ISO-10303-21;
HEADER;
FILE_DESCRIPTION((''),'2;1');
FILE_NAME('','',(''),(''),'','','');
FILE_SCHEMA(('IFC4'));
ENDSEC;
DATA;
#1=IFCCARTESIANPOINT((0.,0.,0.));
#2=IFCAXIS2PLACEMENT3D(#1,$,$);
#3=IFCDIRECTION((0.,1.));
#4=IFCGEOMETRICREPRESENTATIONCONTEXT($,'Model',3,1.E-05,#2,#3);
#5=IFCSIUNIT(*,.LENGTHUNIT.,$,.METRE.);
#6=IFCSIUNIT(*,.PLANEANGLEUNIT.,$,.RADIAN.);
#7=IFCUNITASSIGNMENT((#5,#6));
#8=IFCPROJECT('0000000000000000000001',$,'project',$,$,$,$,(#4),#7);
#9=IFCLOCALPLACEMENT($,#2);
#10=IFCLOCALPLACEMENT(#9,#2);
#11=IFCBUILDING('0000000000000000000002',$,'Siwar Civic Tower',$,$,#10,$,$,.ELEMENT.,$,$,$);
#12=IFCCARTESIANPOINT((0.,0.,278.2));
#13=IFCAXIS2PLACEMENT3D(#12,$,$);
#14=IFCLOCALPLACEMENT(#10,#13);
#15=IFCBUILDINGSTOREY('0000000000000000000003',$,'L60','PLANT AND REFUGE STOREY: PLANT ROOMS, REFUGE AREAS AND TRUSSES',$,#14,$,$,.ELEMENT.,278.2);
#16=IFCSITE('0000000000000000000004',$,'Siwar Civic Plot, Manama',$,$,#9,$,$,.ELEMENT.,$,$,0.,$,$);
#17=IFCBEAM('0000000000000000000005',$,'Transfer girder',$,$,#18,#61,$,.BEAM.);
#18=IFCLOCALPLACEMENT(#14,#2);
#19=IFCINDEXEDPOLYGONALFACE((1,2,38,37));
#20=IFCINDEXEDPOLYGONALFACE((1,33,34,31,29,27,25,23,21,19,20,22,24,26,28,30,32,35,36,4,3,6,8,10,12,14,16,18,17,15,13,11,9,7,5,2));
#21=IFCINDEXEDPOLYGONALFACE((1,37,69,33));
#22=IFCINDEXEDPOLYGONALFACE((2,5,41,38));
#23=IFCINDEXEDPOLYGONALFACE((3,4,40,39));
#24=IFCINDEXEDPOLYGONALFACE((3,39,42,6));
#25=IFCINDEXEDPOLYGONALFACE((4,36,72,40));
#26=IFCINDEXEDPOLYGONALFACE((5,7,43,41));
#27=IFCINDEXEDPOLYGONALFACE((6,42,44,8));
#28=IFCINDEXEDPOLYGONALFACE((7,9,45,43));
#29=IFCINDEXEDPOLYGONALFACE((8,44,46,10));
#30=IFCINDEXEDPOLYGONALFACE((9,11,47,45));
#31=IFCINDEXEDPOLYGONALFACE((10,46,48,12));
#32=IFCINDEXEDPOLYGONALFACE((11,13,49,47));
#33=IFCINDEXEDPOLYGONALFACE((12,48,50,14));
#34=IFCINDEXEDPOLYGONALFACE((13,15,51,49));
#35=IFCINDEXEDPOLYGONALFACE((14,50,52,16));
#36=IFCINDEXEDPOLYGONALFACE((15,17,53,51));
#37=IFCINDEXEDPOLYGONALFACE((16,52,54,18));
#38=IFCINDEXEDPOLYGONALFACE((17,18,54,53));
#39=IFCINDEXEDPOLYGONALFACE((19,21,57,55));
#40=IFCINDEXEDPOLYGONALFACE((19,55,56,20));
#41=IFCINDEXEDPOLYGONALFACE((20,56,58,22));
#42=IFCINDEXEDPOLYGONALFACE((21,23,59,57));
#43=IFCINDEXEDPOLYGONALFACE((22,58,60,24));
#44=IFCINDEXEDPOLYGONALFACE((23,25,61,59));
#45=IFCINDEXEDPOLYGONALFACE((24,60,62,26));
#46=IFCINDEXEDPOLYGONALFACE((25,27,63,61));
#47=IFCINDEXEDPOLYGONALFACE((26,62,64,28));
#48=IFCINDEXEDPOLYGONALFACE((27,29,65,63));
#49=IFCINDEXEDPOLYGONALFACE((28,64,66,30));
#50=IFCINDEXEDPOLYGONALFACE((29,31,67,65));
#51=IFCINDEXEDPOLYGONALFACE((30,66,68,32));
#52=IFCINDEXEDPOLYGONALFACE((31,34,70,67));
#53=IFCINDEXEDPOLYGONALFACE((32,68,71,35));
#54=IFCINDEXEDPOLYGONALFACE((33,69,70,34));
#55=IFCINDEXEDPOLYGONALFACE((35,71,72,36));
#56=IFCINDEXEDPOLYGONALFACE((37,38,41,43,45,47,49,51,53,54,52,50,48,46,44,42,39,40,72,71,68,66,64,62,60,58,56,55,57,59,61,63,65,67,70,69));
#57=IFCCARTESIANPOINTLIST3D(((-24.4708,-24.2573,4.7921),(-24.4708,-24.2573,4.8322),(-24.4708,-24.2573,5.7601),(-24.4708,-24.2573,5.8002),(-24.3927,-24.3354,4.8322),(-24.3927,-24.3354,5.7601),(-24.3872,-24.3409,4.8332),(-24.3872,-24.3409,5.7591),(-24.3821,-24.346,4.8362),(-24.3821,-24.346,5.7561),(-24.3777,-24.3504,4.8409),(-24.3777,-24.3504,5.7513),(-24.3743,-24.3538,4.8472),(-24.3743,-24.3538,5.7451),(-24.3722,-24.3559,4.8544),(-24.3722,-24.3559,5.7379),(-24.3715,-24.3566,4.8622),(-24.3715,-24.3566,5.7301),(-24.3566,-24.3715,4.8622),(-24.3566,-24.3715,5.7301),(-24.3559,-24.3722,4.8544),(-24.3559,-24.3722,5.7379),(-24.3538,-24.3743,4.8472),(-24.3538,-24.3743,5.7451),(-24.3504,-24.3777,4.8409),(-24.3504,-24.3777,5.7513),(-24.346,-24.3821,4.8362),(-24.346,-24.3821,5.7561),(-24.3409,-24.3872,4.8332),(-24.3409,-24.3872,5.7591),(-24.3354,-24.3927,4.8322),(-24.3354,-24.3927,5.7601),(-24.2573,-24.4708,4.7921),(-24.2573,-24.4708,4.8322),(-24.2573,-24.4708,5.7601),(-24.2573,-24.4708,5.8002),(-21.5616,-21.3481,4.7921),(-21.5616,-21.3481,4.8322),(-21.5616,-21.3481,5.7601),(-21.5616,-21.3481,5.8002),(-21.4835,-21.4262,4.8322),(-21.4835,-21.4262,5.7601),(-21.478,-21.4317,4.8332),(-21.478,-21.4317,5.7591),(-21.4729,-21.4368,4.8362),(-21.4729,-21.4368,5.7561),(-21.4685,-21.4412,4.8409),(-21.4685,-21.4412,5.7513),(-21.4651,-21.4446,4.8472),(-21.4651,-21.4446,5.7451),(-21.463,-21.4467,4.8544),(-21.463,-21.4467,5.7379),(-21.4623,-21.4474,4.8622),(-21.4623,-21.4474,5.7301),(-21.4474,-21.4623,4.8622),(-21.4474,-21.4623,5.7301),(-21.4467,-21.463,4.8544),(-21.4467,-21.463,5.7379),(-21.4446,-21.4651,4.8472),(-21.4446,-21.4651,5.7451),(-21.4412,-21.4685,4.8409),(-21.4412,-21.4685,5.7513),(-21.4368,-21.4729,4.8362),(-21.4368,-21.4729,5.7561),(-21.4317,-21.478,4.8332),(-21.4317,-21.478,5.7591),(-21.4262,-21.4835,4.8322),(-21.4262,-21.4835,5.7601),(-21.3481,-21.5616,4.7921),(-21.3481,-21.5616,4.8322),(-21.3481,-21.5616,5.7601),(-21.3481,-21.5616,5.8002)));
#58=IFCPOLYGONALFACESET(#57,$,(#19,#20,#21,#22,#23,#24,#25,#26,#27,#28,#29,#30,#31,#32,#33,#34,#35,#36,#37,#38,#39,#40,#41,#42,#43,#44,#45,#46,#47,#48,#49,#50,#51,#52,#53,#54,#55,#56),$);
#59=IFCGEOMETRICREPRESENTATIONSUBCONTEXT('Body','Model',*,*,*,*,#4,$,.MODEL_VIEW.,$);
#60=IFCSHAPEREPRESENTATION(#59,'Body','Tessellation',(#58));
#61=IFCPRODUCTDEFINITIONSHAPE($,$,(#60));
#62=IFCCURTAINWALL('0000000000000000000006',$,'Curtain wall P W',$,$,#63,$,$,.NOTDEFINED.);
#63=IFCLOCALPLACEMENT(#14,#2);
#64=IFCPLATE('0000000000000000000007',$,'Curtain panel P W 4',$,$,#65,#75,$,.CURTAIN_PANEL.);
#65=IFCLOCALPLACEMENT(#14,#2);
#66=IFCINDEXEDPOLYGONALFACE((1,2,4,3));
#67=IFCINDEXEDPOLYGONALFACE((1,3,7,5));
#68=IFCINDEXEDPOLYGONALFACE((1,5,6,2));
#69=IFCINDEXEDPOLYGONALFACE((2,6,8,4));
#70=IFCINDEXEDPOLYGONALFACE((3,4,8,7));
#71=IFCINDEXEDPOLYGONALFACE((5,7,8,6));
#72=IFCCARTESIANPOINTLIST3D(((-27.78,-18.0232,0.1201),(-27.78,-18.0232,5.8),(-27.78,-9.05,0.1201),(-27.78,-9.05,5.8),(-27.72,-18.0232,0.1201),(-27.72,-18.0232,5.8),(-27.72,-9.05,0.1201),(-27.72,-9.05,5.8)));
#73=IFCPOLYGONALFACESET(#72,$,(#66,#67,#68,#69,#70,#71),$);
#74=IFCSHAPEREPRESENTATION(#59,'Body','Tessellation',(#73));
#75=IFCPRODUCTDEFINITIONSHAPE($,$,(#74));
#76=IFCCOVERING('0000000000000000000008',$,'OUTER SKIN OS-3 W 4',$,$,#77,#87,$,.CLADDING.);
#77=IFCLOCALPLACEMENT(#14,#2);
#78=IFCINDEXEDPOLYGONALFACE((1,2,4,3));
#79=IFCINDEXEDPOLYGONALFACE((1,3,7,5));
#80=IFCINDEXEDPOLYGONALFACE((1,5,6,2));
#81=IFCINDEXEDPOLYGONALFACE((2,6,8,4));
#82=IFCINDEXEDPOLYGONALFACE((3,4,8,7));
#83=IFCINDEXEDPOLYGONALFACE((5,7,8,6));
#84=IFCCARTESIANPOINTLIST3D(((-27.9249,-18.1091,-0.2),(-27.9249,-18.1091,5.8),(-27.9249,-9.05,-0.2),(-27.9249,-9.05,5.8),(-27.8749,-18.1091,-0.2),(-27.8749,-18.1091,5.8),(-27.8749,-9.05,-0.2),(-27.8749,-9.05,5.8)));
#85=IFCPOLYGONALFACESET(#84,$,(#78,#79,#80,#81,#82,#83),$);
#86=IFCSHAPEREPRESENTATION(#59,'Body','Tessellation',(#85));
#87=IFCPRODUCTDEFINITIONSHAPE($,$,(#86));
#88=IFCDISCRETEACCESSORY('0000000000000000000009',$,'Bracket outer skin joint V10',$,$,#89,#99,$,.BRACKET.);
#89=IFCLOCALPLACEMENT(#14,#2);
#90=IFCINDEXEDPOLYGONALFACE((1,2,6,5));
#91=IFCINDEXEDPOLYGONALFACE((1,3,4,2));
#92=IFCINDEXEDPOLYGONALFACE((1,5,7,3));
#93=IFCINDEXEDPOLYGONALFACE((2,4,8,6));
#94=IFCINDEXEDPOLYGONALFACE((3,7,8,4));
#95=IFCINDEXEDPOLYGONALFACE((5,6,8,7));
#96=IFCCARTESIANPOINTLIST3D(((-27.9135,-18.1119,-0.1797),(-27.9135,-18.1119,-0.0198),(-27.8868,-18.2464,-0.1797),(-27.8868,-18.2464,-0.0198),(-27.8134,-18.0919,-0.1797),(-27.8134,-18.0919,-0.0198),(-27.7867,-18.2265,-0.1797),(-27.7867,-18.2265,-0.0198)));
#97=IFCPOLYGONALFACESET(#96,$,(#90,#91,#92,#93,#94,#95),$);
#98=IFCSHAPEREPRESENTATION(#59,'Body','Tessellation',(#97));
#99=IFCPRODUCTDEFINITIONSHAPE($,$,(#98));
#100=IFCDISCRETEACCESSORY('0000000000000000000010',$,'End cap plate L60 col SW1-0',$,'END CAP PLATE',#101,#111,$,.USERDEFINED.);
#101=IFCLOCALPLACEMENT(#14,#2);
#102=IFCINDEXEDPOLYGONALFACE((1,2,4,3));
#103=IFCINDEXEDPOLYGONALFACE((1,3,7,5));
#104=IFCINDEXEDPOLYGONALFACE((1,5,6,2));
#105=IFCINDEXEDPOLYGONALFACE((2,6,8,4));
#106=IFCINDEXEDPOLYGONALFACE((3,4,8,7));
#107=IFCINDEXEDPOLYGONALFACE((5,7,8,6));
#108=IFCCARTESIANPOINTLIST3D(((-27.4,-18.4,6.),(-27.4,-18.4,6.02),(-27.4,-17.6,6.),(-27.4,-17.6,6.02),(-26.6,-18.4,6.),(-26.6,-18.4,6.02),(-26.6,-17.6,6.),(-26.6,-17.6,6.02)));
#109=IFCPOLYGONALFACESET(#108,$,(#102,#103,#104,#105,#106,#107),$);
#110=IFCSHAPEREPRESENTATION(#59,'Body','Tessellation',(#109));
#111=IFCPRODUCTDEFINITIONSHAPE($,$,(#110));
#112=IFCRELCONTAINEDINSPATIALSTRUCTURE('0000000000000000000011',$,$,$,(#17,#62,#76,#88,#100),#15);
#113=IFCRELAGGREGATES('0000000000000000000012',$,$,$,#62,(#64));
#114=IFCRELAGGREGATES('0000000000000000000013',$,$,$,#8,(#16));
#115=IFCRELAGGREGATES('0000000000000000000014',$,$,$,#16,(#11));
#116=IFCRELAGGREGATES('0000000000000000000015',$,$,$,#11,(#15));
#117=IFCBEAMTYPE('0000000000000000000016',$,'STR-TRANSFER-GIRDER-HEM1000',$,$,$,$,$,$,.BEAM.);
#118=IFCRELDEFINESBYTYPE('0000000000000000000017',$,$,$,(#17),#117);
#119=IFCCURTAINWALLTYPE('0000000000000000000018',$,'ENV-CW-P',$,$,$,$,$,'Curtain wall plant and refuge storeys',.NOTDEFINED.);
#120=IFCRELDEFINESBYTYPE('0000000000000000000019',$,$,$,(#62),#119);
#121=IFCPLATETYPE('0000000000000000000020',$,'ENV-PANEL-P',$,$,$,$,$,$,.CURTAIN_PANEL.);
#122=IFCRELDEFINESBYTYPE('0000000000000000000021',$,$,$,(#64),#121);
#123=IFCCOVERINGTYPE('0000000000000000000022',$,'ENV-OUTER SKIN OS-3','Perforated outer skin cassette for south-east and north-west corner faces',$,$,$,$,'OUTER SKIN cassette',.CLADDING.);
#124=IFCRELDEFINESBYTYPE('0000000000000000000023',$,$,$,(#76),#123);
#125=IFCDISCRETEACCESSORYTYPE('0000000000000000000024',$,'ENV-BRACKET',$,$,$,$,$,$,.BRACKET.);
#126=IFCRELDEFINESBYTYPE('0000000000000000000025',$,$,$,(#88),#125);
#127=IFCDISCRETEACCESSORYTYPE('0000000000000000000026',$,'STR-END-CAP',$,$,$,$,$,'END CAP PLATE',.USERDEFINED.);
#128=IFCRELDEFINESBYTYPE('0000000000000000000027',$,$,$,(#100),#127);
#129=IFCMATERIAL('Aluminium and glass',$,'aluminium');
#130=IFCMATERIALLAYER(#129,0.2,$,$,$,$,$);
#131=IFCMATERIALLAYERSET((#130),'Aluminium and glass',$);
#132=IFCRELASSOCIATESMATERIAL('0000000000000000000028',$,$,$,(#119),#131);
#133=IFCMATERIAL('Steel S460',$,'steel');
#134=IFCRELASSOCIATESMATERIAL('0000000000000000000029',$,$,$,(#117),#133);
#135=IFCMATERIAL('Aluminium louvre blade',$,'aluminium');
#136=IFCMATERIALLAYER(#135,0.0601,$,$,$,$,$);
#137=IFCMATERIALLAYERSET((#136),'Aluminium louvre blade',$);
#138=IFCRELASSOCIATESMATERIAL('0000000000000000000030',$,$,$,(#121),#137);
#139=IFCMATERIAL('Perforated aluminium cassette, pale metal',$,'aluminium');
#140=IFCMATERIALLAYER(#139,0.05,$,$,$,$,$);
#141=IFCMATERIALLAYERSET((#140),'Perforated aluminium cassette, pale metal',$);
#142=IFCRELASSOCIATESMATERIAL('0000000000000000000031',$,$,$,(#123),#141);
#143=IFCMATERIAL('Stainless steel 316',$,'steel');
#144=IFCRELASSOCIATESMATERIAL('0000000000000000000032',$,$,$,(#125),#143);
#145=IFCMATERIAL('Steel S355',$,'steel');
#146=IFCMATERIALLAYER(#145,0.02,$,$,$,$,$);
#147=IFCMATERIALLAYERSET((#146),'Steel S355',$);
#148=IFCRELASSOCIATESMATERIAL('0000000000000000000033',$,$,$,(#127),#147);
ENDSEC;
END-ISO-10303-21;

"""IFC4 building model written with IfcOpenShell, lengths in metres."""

from ifc_helpers import new_model, si_unit, direction, frame, origin, origin_2d, place, context, subcontext, project, spatial, rectangle, i_section, extrude, material, layer, layer_set, material_profile, profile_set, type_object, element, aggregate, save


model = new_model("IFC4")

# Units and contexts
model_context = context("Model", 3, precision=1e-05, world=origin(), true_north=direction((0.0, 1.0)))
body_context = subcontext(model_context, "Body", "Model", "MODEL_VIEW")
ifc_project = project(units=[si_unit("LENGTHUNIT", "METRE"), si_unit("PLANEANGLEUNIT", "RADIAN")], contexts=[model_context])

# Site, building, storey
site_placement = place(None, origin())
site = spatial("IfcSite", under=ifc_project, at=site_placement, Name="Siwar Civic Plot, Manama", CompositionType="ELEMENT", RefElevation=0.0)
building_placement = place(site_placement, origin())
building = spatial("IfcBuilding", under=site, at=building_placement, Name="Siwar Civic Tower", CompositionType="ELEMENT")
storey_placement = place(building_placement, frame((0.0, 0.0, 278.2)))
storey = spatial("IfcBuildingStorey", under=building, at=storey_placement, Name="L60", Description="PLANT AND REFUGE STOREY: PLANT ROOMS, REFUGE AREAS AND TRUSSES", CompositionType="ELEMENT", Elevation=278.2)

# Shared definitions
ifc_material_1 = material(Name="Aluminium and glass", Category="aluminium")
ifc_layer_1 = layer(ifc_material_1, 0.2)
ifc_layer_set_1 = layer_set([ifc_layer_1], Name="Aluminium and glass")
curtain_wall_type = type_object("IfcCurtainWallType", Name="ENV-CW-P", ElementType="Curtain wall plant and refuge storeys", PredefinedType="NOTDEFINED", material=ifc_layer_set_1)

# Beam
ifc_material_2 = material(Name="Steel S460", Category="steel")
ifc_material_profile_1 = material_profile(ifc_material_2, i_section(OverallWidth=0.302, OverallDepth=1.0081, WebThickness=0.021, FlangeThickness=0.04, FilletRadius=0.03, at=origin_2d()), Name="HEM1000")
ifc_profile_set_1 = profile_set([ifc_material_profile_1], Name="Steel S460")
beam_type_1 = type_object("IfcBeamType", Name="STR-TRANSFER-GIRDER-HEM1000", PredefinedType="BEAM", material=ifc_profile_set_1)
beam_1_placement = place(storey_placement, frame((-21.4548, -21.4548, 5.2961), z_axis=(-0.707107, -0.707107, 0.0), x_axis=(0.707107, -0.707107, 0.0)))
element("IfcBeam", 1, at=beam_1_placement, inside=storey, type_object=beam_type_1, Name="Transfer girder", PredefinedType="BEAM", context=body_context, shape_type="SweptSolid", body=[
    extrude(i_section(OverallWidth=0.302, OverallDepth=1.0081, WebThickness=0.021, FlangeThickness=0.04, FilletRadius=0.03, at=origin_2d()), origin(), (0.0, 0.0, 1.0), 4.1143),
])

# Curtain wall, plate
curtain_wall_1_placement = place(storey_placement, origin())
curtain_wall_1 = element("IfcCurtainWall", 2, at=curtain_wall_1_placement, inside=storey, type_object=curtain_wall_type, Name="Curtain wall P W", PredefinedType="NOTDEFINED")
ifc_material_3 = material(Name="Aluminium louvre blade", Category="aluminium")
ifc_layer_2 = layer(ifc_material_3, 0.0601)
ifc_layer_set_2 = layer_set([ifc_layer_2], Name="Aluminium louvre blade")
plate_type = type_object("IfcPlateType", Name="ENV-PANEL-P", PredefinedType="CURTAIN_PANEL", material=ifc_layer_set_2)
plate_placement = place(storey_placement, frame((-27.75, -13.5366, 0.1201), z_axis=(0.0, 0.0, 1.0), x_axis=(0.0, -1.0, 0.0)))
plate = element("IfcPlate", 3, at=plate_placement, type_object=plate_type, Name="Curtain panel P W 4", PredefinedType="CURTAIN_PANEL", context=body_context, shape_type="SweptSolid", body=[
    extrude(rectangle(XDim=8.9731, YDim=0.0601, at=origin_2d()), origin(), (0.0, 0.0, 1.0), 5.6799),
])
aggregate(curtain_wall_1, [plate])

# Covering
ifc_material_4 = material(Name="Perforated aluminium cassette, pale metal", Category="aluminium")
ifc_layer_3 = layer(ifc_material_4, 0.05)
ifc_layer_set_3 = layer_set([ifc_layer_3], Name="Perforated aluminium cassette, pale metal")
covering_type = type_object("IfcCoveringType", Name="ENV-OUTER SKIN OS-3", Description="Perforated outer skin cassette for south-east and north-west corner faces", ElementType="OUTER SKIN cassette", PredefinedType="CLADDING", material=ifc_layer_set_3)
covering_placement = place(storey_placement, frame((-27.8999, -13.5796, -0.2), z_axis=(0.0, 0.0, 1.0), x_axis=(0.0, -1.0, 0.0)))
element("IfcCovering", 4, at=covering_placement, inside=storey, type_object=covering_type, Name="OUTER SKIN OS-3 W 4", PredefinedType="CLADDING", context=body_context, shape_type="SweptSolid", body=[
    extrude(rectangle(XDim=9.0591, YDim=0.05, at=origin_2d()), origin(), (0.0, 0.0, 1.0), 6.0),
])

# Discrete accessories
ifc_material_5 = material(Name="Stainless steel 316", Category="steel")
discrete_accessory_type_1 = type_object("IfcDiscreteAccessoryType", Name="ENV-BRACKET", PredefinedType="BRACKET", material=ifc_material_5)
discrete_accessory_1_placement = place(storey_placement, frame((-27.8501, -18.1692, -0.1797), z_axis=(0.0, 0.0, 1.0), x_axis=(-0.980785, -0.19509, 0.0)))
element("IfcDiscreteAccessory", 5, at=discrete_accessory_1_placement, inside=storey, type_object=discrete_accessory_type_1, Name="Bracket outer skin joint V10", PredefinedType="BRACKET", context=body_context, shape_type="SweptSolid", body=[
    extrude(rectangle(XDim=0.1021, YDim=0.1372, at=origin_2d()), origin(), (0.0, 0.0, 1.0), 0.1599),
])
ifc_material_6 = material(Name="Steel S355", Category="steel")
ifc_layer_4 = layer(ifc_material_6, 0.02)
ifc_layer_set_4 = layer_set([ifc_layer_4], Name="Steel S355")
discrete_accessory_type_2 = type_object("IfcDiscreteAccessoryType", Name="STR-END-CAP", ElementType="END CAP PLATE", PredefinedType="USERDEFINED", material=ifc_layer_set_4)
discrete_accessory_2_placement = place(storey_placement, frame((-27.0, -18.0, 6.0), z_axis=(0.0, 0.0, 1.0), x_axis=(1.0, 0.0, 0.0)))
element("IfcDiscreteAccessory", 6, at=discrete_accessory_2_placement, inside=storey, type_object=discrete_accessory_type_2, Name="End cap plate L60 col SW1-0", ObjectType="END CAP PLATE", PredefinedType="USERDEFINED", context=body_context, shape_type="SweptSolid", body=[
    extrude(rectangle(XDim=0.8, YDim=0.8, at=origin_2d()), origin(), (0.0, 0.0, 1.0), 0.02),
])

save(model, "model.ifc")
